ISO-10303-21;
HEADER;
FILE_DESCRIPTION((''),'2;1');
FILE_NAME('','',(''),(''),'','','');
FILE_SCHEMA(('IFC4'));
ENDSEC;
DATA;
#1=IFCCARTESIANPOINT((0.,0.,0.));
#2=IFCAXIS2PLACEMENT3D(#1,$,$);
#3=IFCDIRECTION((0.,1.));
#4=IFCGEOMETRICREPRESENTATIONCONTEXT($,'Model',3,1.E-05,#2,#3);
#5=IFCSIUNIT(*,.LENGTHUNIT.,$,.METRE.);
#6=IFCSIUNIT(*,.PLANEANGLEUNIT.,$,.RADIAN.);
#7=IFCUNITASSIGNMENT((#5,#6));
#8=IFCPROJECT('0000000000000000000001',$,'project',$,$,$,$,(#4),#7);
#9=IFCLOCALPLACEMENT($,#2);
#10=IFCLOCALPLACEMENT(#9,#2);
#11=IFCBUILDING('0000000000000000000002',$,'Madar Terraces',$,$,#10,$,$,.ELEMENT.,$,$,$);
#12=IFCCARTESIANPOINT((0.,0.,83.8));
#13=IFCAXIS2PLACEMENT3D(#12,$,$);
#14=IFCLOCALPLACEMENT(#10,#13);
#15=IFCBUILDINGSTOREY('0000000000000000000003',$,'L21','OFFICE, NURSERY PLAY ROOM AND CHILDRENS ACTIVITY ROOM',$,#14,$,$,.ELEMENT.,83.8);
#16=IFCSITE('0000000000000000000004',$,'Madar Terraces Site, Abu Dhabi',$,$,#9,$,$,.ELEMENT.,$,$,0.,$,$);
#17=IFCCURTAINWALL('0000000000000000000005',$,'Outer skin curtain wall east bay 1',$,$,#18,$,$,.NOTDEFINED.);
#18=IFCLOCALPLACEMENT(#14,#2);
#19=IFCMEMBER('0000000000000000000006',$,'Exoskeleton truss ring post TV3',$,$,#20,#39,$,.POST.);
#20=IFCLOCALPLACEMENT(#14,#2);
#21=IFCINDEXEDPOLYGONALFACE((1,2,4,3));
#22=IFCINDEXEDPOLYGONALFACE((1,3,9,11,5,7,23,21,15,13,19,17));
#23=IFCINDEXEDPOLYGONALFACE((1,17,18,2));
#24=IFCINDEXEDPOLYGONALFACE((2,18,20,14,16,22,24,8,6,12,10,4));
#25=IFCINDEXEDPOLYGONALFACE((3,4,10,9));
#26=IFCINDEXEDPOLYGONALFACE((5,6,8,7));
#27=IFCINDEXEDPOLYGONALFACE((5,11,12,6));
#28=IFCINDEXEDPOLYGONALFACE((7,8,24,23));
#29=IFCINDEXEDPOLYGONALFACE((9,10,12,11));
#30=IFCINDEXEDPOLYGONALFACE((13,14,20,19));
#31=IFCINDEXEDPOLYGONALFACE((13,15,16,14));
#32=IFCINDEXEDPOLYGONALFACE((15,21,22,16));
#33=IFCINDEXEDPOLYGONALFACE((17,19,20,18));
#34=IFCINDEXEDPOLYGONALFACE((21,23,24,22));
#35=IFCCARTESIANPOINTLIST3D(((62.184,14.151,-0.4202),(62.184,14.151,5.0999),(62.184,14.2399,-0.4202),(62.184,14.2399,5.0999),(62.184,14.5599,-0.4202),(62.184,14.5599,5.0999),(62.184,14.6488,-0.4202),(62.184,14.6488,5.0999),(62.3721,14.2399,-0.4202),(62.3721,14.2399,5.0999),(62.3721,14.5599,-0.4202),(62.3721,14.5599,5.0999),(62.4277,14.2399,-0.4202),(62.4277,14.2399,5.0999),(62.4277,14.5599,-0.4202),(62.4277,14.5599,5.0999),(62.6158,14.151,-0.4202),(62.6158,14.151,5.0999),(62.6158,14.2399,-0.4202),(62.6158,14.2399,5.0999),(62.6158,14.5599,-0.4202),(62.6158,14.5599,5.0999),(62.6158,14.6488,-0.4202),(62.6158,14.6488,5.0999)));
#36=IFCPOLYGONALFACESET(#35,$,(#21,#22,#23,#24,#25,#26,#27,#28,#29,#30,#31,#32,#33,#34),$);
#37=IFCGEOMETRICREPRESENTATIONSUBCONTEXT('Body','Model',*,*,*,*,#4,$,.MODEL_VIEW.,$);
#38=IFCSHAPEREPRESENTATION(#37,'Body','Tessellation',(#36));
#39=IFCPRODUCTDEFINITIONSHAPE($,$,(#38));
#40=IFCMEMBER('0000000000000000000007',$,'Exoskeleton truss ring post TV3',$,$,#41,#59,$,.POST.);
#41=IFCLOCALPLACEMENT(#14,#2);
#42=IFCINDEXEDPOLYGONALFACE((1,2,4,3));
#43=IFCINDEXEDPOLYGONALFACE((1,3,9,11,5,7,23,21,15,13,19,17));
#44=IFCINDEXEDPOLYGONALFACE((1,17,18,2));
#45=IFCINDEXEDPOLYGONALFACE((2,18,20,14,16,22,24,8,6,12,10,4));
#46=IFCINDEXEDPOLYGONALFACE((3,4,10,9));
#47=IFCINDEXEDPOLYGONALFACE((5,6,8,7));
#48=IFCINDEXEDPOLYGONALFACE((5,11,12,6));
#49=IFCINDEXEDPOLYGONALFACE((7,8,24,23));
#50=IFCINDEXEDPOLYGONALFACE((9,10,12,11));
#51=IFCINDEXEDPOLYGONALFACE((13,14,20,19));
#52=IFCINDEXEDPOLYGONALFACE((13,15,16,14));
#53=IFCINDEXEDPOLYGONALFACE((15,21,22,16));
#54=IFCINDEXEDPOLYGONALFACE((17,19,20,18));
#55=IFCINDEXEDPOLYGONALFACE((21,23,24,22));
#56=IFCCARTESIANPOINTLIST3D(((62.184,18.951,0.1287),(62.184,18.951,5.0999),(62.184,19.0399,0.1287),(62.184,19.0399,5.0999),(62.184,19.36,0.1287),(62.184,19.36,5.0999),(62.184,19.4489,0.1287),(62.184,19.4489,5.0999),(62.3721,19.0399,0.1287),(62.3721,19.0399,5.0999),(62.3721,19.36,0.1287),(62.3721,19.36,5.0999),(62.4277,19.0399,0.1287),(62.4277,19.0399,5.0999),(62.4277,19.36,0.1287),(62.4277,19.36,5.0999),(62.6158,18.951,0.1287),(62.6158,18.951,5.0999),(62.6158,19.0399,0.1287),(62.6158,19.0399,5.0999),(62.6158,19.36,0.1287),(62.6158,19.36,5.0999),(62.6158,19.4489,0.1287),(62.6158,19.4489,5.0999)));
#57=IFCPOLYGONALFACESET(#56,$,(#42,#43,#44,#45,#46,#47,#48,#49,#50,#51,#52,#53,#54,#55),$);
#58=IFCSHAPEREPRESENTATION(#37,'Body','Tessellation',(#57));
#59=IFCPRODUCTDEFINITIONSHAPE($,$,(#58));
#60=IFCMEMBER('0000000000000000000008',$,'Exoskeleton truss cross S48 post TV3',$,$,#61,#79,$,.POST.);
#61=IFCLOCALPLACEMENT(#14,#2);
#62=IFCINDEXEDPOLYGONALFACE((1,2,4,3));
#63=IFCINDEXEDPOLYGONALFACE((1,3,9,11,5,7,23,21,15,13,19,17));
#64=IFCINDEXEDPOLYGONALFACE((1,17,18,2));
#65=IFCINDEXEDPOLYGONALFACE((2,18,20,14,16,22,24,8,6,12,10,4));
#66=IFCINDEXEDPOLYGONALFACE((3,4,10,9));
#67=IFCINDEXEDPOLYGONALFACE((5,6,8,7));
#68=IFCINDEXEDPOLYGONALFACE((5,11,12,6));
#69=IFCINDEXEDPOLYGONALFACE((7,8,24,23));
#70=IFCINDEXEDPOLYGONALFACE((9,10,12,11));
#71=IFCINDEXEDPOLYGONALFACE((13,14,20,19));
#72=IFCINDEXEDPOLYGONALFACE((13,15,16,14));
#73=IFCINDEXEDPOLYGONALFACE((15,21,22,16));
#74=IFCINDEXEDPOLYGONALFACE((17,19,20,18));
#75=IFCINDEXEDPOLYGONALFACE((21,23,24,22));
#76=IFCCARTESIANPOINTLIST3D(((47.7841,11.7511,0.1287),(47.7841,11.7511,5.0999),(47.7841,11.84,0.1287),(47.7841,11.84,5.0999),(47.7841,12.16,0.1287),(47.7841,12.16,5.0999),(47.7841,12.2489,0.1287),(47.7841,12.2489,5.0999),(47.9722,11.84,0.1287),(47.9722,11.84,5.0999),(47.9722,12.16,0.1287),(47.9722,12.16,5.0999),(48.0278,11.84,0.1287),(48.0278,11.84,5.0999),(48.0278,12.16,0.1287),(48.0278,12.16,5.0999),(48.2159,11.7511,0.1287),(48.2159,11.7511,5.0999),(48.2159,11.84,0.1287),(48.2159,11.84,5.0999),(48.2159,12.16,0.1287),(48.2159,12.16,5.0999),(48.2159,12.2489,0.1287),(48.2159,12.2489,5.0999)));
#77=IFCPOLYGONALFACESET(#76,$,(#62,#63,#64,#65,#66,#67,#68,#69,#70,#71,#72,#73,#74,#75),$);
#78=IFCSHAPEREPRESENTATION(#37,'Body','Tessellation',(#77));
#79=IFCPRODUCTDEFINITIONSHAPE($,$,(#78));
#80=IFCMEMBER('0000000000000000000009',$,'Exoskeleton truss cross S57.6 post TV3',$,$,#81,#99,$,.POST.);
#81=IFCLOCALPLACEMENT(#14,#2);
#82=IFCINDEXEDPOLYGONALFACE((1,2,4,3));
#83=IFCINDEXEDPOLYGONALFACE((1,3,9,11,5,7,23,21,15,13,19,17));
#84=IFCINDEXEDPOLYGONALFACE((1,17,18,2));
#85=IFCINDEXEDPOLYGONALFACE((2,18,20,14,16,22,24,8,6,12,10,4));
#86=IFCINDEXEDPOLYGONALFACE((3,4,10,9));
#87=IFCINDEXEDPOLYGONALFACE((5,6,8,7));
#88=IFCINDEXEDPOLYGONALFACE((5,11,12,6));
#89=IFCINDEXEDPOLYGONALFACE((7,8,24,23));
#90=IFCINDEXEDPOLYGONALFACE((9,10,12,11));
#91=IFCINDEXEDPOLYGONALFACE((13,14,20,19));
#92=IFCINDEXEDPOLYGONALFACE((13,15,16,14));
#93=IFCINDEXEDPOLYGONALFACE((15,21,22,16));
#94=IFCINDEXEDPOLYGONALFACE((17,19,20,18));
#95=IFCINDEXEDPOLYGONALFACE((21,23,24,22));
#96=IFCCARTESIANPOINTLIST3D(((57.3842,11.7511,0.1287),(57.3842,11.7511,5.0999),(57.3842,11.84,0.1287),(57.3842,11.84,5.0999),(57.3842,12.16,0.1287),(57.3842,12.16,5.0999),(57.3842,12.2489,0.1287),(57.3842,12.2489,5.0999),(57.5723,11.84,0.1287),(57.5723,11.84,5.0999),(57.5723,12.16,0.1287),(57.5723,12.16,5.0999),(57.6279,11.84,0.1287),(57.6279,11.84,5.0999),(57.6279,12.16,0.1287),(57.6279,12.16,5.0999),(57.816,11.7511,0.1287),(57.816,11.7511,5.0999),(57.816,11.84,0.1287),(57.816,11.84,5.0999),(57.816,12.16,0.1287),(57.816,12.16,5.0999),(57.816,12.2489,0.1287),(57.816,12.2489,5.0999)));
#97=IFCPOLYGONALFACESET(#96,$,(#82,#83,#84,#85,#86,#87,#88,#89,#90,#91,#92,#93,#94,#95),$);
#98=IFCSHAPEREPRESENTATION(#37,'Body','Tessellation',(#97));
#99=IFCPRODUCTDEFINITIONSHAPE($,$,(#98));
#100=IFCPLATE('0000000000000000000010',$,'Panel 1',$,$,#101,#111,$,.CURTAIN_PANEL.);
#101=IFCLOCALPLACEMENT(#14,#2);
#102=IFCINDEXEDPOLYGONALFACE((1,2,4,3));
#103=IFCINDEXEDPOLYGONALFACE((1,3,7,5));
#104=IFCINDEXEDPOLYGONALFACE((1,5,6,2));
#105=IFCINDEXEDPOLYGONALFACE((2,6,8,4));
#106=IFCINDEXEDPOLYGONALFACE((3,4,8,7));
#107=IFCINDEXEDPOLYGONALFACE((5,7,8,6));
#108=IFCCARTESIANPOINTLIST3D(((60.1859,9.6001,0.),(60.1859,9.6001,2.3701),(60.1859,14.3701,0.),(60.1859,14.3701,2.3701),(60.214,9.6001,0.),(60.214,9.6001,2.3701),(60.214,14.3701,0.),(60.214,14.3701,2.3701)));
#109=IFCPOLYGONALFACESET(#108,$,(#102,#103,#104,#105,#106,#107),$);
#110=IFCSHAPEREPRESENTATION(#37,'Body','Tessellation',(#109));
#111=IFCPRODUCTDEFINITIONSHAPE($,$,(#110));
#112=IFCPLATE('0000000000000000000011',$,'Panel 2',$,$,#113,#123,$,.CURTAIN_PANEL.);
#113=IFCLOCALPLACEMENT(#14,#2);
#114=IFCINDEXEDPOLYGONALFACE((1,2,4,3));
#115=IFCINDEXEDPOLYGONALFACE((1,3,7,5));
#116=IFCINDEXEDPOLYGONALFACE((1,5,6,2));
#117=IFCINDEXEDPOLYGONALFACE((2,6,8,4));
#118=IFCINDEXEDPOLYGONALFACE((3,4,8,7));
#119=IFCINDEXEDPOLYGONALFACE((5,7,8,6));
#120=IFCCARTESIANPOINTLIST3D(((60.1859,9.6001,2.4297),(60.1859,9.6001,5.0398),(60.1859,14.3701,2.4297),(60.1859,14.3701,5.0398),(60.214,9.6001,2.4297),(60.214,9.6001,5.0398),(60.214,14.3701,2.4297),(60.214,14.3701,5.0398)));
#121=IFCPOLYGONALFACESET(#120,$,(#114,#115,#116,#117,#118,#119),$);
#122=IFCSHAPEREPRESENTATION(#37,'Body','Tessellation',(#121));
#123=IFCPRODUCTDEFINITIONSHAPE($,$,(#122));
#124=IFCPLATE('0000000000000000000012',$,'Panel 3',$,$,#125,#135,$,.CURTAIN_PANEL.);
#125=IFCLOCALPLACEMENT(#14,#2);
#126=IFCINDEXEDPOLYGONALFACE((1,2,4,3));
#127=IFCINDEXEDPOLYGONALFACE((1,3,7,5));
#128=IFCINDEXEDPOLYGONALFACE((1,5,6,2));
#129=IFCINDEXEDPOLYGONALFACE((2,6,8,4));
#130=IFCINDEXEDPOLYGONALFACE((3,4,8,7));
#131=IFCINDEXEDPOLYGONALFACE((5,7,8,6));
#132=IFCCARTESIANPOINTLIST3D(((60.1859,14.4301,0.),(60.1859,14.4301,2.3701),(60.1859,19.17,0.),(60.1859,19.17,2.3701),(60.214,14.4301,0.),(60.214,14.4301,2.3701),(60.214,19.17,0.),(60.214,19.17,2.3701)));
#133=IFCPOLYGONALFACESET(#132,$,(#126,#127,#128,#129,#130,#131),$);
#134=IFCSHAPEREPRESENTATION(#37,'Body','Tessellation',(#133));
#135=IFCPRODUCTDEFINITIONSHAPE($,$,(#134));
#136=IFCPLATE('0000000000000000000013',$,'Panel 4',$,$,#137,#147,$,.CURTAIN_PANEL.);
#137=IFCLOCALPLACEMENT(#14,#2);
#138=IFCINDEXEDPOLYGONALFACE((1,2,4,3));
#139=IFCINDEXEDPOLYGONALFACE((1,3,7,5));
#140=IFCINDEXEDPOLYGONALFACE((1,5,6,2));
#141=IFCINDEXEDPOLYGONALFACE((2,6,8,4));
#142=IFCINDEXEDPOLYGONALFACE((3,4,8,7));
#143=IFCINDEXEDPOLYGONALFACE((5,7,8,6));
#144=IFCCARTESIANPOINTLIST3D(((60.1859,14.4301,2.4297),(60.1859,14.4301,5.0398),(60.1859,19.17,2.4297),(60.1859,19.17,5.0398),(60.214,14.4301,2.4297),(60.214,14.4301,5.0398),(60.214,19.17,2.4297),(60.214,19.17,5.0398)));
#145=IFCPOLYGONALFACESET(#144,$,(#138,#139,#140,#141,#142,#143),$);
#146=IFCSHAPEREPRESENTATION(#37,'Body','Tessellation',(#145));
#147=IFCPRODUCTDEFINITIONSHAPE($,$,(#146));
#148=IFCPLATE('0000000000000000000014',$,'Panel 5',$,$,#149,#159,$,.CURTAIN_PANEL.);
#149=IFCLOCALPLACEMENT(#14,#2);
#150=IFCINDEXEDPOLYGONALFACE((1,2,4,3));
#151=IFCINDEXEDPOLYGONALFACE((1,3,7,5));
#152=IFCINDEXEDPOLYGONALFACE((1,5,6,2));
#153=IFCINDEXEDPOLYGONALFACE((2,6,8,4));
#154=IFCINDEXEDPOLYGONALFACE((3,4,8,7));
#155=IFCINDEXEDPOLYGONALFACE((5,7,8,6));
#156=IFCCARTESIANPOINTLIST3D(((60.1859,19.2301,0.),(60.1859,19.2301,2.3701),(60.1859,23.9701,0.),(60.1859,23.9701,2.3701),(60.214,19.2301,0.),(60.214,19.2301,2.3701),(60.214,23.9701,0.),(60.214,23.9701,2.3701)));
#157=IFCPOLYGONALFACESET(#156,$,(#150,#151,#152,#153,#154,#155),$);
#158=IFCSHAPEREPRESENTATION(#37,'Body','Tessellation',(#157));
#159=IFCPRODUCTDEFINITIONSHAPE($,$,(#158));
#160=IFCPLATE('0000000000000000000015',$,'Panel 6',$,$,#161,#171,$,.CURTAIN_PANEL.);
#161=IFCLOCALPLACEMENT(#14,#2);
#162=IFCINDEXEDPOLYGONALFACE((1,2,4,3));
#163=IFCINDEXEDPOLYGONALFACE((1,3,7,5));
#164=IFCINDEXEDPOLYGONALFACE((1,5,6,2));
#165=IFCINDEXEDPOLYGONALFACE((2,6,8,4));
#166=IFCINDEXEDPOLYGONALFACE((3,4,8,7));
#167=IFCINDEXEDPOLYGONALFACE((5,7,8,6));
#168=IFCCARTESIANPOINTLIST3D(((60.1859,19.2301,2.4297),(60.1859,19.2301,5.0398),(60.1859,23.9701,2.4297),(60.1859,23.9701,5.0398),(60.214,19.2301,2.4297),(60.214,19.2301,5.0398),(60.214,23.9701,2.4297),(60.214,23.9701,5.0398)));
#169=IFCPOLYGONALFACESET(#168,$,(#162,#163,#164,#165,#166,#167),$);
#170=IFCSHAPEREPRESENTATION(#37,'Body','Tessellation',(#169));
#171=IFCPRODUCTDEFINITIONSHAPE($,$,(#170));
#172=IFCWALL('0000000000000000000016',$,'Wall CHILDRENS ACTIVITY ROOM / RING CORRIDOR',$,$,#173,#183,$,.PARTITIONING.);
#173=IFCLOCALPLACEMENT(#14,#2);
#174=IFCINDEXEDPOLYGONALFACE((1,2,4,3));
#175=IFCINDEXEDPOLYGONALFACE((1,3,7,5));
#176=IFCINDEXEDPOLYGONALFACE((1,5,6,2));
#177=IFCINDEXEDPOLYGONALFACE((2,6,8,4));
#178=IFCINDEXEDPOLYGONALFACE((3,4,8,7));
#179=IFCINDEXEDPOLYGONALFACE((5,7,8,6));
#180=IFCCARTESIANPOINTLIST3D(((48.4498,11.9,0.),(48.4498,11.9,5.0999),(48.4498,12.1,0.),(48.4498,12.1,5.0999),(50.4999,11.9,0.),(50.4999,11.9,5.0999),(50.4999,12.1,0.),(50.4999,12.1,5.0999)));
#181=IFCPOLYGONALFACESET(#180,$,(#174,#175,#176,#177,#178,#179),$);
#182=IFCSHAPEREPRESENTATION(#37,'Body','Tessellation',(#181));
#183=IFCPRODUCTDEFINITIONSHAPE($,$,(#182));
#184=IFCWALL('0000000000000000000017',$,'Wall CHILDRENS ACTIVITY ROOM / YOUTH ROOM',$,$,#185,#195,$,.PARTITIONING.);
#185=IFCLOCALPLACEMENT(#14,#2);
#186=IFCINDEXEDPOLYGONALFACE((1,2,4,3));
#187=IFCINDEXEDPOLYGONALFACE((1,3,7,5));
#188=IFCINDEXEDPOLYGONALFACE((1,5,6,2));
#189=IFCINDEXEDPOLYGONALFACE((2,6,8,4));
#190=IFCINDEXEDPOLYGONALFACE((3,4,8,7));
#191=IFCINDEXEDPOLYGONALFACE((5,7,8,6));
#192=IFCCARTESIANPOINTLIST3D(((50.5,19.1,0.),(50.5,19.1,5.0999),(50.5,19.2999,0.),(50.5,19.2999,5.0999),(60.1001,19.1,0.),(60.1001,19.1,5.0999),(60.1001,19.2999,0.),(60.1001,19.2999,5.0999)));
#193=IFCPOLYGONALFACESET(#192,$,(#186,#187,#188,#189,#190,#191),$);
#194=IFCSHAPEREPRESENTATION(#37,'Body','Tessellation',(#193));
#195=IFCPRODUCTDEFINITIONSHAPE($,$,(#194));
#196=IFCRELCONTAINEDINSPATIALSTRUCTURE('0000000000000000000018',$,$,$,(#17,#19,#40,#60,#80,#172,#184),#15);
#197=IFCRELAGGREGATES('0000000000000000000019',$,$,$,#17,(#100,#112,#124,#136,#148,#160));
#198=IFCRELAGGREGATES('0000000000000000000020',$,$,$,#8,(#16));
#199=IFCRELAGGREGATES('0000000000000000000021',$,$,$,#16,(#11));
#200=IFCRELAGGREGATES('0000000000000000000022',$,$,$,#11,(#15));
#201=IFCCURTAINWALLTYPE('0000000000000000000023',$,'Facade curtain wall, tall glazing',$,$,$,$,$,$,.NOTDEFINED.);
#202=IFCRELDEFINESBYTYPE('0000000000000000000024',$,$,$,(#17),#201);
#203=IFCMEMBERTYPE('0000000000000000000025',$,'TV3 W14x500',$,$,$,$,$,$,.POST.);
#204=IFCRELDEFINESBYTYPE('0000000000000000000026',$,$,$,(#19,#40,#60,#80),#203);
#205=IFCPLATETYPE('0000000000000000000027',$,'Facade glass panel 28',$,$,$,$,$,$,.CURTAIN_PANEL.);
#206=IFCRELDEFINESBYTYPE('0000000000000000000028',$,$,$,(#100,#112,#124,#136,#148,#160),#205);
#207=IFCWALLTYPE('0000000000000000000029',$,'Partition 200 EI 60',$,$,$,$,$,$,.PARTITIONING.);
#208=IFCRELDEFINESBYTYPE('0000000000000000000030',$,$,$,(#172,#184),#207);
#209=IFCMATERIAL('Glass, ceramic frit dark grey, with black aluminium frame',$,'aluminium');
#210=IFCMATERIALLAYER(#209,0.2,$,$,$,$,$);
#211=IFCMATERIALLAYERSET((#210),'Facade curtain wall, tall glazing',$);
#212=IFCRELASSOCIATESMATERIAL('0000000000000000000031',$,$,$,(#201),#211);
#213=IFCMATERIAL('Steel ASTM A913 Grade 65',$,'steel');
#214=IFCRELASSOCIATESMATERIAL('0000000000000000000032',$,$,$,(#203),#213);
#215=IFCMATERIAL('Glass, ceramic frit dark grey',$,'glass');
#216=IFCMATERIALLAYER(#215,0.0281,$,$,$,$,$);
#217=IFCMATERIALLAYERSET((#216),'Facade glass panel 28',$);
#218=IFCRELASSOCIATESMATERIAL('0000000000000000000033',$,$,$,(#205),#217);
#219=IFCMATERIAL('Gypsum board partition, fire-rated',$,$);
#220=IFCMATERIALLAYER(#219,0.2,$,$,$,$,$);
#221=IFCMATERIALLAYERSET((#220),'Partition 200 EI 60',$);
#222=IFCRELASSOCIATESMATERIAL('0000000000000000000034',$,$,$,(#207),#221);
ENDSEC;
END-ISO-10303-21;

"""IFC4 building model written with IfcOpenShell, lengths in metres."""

from ifc_helpers import new_model, si_unit, direction, frame, frame_2d, origin, origin_2d, place, context, subcontext, project, spatial, rectangle, i_section, extrude, material, layer, layer_set, material_profile, profile_set, type_object, element, aggregate, save


model = new_model("IFC4")

# Units and contexts
model_context = context("Model", 3, precision=1e-05, world=origin(), true_north=direction((0.0, 1.0)))
body_context = subcontext(model_context, "Body", "Model", "MODEL_VIEW")
ifc_project = project(units=[si_unit("LENGTHUNIT", "METRE"), si_unit("PLANEANGLEUNIT", "RADIAN")], contexts=[model_context])

# Site, building, storey
site_placement = place(None, origin())
site = spatial("IfcSite", under=ifc_project, at=site_placement, Name="Madar Terraces Site, Abu Dhabi", CompositionType="ELEMENT", RefElevation=0.0)
building_placement = place(site_placement, origin())
building = spatial("IfcBuilding", under=site, at=building_placement, Name="Madar Terraces", CompositionType="ELEMENT")
storey_placement = place(building_placement, frame((0.0, 0.0, 83.8)))
storey = spatial("IfcBuildingStorey", under=building, at=storey_placement, Name="L21", Description="OFFICE, NURSERY PLAY ROOM AND CHILDRENS ACTIVITY ROOM", CompositionType="ELEMENT", Elevation=83.8)

# Curtain wall
ifc_material_1 = material(Name="Glass, ceramic frit dark grey, with black aluminium frame", Category="aluminium")
ifc_layer_1 = layer(ifc_material_1, 0.2)
ifc_layer_set_1 = layer_set([ifc_layer_1], Name="Facade curtain wall, tall glazing")
curtain_wall_type = type_object("IfcCurtainWallType", Name="Facade curtain wall, tall glazing", PredefinedType="NOTDEFINED", material=ifc_layer_set_1)
curtain_wall_placement = place(storey_placement, origin())
curtain_wall = element("IfcCurtainWall", 1, at=curtain_wall_placement, inside=storey, type_object=curtain_wall_type, Name="Outer skin curtain wall east bay 1", PredefinedType="NOTDEFINED")

# Members
ifc_material_2 = material(Name="Steel ASTM A913 Grade 65", Category="steel")
ifc_material_profile_1 = material_profile(ifc_material_2, i_section(OverallWidth=0.4319, OverallDepth=0.4978, WebThickness=0.0557, FlangeThickness=0.0889, at=origin_2d()), Name="W14x500")
ifc_profile_set_1 = profile_set([ifc_material_profile_1], Name="Steel ASTM A913 Grade 65")
member_type_1 = type_object("IfcMemberType", Name="TV3 W14x500", PredefinedType="POST", material=ifc_profile_set_1)
member_1_placement = place(storey_placement, frame((62.3999, 14.3999, -0.4202), z_axis=(0.0, 0.0, 1.0), x_axis=(-1.0, 0.0, 0.0)))
element("IfcMember", 2, at=member_1_placement, inside=storey, type_object=member_type_1, Name="Exoskeleton truss ring post TV3", PredefinedType="POST", context=body_context, shape_type="SweptSolid", body=[
    extrude(i_section(OverallWidth=0.4319, OverallDepth=0.4978, WebThickness=0.0557, FlangeThickness=0.0889, at=origin_2d()), origin(), (0.0, 0.0, 1.0), 5.52),
])
for number, where, z_axis, x_axis, name in (
    (3, (62.3999, 19.2, 0.1287), (0.0, 0.0, 1.0), (-1.0, 0.0, 0.0), "Exoskeleton truss ring post TV3"),
    (4, (48.0, 12.0, 0.1287), (0.0, 0.0, 1.0), (-1.0, 0.0, 0.0), "Exoskeleton truss cross S48 post TV3"),
    (5, (57.6001, 12.0, 0.1287), (0.0, 0.0, 1.0), (-1.0, 0.0, 0.0), "Exoskeleton truss cross S57.6 post TV3"),
):
    element("IfcMember", number, at=place(storey_placement, frame(where, z_axis=z_axis, x_axis=x_axis)), inside=storey, type_object=member_type_1, Name=name, PredefinedType="POST", context=body_context, shape_type="SweptSolid", body=[
        extrude(i_section(OverallWidth=0.4319, OverallDepth=0.4978, WebThickness=0.0557, FlangeThickness=0.0889, at=origin_2d()), origin(), (0.0, 0.0, 1.0), 4.9712),
    ])

# Plates
ifc_material_3 = material(Name="Glass, ceramic frit dark grey", Category="glass")
ifc_layer_2 = layer(ifc_material_3, 0.0281)
ifc_layer_set_2 = layer_set([ifc_layer_2], Name="Facade glass panel 28")
plate_type = type_object("IfcPlateType", Name="Facade glass panel 28", PredefinedType="CURTAIN_PANEL", material=ifc_layer_set_2)
plate_1_placement = place(storey_placement, frame((60.2, 11.9851, 0.0), z_axis=(0.0, 0.0, 1.0), x_axis=(0.0, 1.0, 0.0)))
plate_1 = element("IfcPlate", 6, at=plate_1_placement, type_object=plate_type, Name="Panel 1", PredefinedType="CURTAIN_PANEL", context=body_context, shape_type="SweptSolid", body=[
    extrude(rectangle(XDim=4.77, YDim=0.0281, at=origin_2d()), origin(), (0.0, 0.0, 1.0), 2.3701),
])
plate_2_placement = place(storey_placement, frame((60.2, 11.9851, 2.4297), z_axis=(0.0, 0.0, 1.0), x_axis=(0.0, 1.0, 0.0)))
plate_2 = element("IfcPlate", 7, at=plate_2_placement, type_object=plate_type, Name="Panel 2", PredefinedType="CURTAIN_PANEL", context=body_context, shape_type="SweptSolid", body=[
    extrude(rectangle(XDim=4.77, YDim=0.0281, at=origin_2d()), origin(), (0.0, 0.0, 1.0), 2.6101),
])
plate_3_placement = place(storey_placement, frame((60.2, 16.8, 0.0), z_axis=(0.0, 0.0, 1.0), x_axis=(0.0, 1.0, 0.0)))
plate_3 = element("IfcPlate", 8, at=plate_3_placement, type_object=plate_type, Name="Panel 3", PredefinedType="CURTAIN_PANEL", context=body_context, shape_type="SweptSolid", body=[
    extrude(rectangle(XDim=4.74, YDim=0.0281, at=origin_2d()), origin(), (0.0, 0.0, 1.0), 2.3701),
])
plate_4_placement = place(storey_placement, frame((60.2, 16.8, 2.4297), z_axis=(0.0, 0.0, 1.0), x_axis=(0.0, 1.0, 0.0)))
plate_4 = element("IfcPlate", 9, at=plate_4_placement, type_object=plate_type, Name="Panel 4", PredefinedType="CURTAIN_PANEL", context=body_context, shape_type="SweptSolid", body=[
    extrude(rectangle(XDim=4.74, YDim=0.0281, at=origin_2d()), origin(), (0.0, 0.0, 1.0), 2.6101),
])
plate_5_placement = place(storey_placement, frame((60.2, 21.6001, 0.0), z_axis=(0.0, 0.0, 1.0), x_axis=(0.0, 1.0, 0.0)))
plate_5 = element("IfcPlate", 10, at=plate_5_placement, type_object=plate_type, Name="Panel 5", PredefinedType="CURTAIN_PANEL", context=body_context, shape_type="SweptSolid", body=[
    extrude(rectangle(XDim=4.74, YDim=0.0281, at=origin_2d()), origin(), (0.0, 0.0, 1.0), 2.3701),
])
plate_6_placement = place(storey_placement, frame((60.2, 21.6001, 2.4297), z_axis=(0.0, 0.0, 1.0), x_axis=(0.0, 1.0, 0.0)))
plate_6 = element("IfcPlate", 11, at=plate_6_placement, type_object=plate_type, Name="Panel 6", PredefinedType="CURTAIN_PANEL", context=body_context, shape_type="SweptSolid", body=[
    extrude(rectangle(XDim=4.74, YDim=0.0281, at=origin_2d()), origin(), (0.0, 0.0, 1.0), 2.6101),
])
aggregate(curtain_wall, [plate_1, plate_2, plate_3, plate_4, plate_5, plate_6])

# Walls
ifc_material_4 = material(Name="Gypsum board partition, fire-rated")
ifc_layer_3 = layer(ifc_material_4, 0.2)
ifc_layer_set_3 = layer_set([ifc_layer_3], Name="Partition 200 EI 60")
wall_type_1 = type_object("IfcWallType", Name="Partition 200 EI 60", PredefinedType="PARTITIONING", material=ifc_layer_set_3)
wall_1_placement = place(storey_placement, frame((48.45, 12.0, 0.0), z_axis=(0.0, 0.0, 1.0), x_axis=(1.0, 0.0, 0.0)))
element("IfcWall", 12, at=wall_1_placement, inside=storey, type_object=wall_type_1, Name="Wall CHILDRENS ACTIVITY ROOM / RING CORRIDOR", PredefinedType="PARTITIONING", context=body_context, shape_type="SweptSolid", body=[
    extrude(rectangle(XDim=2.05, YDim=0.2, at=frame_2d((1.0249, 0.0))), origin(), (0.0, 0.0, 1.0), 5.0999),
])
wall_2_placement = place(storey_placement, frame((50.5, 19.2, 0.0), z_axis=(0.0, 0.0, 1.0), x_axis=(1.0, 0.0, 0.0)))
element("IfcWall", 13, at=wall_2_placement, inside=storey, type_object=wall_type_1, Name="Wall CHILDRENS ACTIVITY ROOM / YOUTH ROOM", PredefinedType="PARTITIONING", context=body_context, shape_type="SweptSolid", body=[
    extrude(rectangle(XDim=9.6001, YDim=0.2, at=frame_2d((4.8, 0.0))), origin(), (0.0, 0.0, 1.0), 5.0999),
])

save(model, "model.ifc")
